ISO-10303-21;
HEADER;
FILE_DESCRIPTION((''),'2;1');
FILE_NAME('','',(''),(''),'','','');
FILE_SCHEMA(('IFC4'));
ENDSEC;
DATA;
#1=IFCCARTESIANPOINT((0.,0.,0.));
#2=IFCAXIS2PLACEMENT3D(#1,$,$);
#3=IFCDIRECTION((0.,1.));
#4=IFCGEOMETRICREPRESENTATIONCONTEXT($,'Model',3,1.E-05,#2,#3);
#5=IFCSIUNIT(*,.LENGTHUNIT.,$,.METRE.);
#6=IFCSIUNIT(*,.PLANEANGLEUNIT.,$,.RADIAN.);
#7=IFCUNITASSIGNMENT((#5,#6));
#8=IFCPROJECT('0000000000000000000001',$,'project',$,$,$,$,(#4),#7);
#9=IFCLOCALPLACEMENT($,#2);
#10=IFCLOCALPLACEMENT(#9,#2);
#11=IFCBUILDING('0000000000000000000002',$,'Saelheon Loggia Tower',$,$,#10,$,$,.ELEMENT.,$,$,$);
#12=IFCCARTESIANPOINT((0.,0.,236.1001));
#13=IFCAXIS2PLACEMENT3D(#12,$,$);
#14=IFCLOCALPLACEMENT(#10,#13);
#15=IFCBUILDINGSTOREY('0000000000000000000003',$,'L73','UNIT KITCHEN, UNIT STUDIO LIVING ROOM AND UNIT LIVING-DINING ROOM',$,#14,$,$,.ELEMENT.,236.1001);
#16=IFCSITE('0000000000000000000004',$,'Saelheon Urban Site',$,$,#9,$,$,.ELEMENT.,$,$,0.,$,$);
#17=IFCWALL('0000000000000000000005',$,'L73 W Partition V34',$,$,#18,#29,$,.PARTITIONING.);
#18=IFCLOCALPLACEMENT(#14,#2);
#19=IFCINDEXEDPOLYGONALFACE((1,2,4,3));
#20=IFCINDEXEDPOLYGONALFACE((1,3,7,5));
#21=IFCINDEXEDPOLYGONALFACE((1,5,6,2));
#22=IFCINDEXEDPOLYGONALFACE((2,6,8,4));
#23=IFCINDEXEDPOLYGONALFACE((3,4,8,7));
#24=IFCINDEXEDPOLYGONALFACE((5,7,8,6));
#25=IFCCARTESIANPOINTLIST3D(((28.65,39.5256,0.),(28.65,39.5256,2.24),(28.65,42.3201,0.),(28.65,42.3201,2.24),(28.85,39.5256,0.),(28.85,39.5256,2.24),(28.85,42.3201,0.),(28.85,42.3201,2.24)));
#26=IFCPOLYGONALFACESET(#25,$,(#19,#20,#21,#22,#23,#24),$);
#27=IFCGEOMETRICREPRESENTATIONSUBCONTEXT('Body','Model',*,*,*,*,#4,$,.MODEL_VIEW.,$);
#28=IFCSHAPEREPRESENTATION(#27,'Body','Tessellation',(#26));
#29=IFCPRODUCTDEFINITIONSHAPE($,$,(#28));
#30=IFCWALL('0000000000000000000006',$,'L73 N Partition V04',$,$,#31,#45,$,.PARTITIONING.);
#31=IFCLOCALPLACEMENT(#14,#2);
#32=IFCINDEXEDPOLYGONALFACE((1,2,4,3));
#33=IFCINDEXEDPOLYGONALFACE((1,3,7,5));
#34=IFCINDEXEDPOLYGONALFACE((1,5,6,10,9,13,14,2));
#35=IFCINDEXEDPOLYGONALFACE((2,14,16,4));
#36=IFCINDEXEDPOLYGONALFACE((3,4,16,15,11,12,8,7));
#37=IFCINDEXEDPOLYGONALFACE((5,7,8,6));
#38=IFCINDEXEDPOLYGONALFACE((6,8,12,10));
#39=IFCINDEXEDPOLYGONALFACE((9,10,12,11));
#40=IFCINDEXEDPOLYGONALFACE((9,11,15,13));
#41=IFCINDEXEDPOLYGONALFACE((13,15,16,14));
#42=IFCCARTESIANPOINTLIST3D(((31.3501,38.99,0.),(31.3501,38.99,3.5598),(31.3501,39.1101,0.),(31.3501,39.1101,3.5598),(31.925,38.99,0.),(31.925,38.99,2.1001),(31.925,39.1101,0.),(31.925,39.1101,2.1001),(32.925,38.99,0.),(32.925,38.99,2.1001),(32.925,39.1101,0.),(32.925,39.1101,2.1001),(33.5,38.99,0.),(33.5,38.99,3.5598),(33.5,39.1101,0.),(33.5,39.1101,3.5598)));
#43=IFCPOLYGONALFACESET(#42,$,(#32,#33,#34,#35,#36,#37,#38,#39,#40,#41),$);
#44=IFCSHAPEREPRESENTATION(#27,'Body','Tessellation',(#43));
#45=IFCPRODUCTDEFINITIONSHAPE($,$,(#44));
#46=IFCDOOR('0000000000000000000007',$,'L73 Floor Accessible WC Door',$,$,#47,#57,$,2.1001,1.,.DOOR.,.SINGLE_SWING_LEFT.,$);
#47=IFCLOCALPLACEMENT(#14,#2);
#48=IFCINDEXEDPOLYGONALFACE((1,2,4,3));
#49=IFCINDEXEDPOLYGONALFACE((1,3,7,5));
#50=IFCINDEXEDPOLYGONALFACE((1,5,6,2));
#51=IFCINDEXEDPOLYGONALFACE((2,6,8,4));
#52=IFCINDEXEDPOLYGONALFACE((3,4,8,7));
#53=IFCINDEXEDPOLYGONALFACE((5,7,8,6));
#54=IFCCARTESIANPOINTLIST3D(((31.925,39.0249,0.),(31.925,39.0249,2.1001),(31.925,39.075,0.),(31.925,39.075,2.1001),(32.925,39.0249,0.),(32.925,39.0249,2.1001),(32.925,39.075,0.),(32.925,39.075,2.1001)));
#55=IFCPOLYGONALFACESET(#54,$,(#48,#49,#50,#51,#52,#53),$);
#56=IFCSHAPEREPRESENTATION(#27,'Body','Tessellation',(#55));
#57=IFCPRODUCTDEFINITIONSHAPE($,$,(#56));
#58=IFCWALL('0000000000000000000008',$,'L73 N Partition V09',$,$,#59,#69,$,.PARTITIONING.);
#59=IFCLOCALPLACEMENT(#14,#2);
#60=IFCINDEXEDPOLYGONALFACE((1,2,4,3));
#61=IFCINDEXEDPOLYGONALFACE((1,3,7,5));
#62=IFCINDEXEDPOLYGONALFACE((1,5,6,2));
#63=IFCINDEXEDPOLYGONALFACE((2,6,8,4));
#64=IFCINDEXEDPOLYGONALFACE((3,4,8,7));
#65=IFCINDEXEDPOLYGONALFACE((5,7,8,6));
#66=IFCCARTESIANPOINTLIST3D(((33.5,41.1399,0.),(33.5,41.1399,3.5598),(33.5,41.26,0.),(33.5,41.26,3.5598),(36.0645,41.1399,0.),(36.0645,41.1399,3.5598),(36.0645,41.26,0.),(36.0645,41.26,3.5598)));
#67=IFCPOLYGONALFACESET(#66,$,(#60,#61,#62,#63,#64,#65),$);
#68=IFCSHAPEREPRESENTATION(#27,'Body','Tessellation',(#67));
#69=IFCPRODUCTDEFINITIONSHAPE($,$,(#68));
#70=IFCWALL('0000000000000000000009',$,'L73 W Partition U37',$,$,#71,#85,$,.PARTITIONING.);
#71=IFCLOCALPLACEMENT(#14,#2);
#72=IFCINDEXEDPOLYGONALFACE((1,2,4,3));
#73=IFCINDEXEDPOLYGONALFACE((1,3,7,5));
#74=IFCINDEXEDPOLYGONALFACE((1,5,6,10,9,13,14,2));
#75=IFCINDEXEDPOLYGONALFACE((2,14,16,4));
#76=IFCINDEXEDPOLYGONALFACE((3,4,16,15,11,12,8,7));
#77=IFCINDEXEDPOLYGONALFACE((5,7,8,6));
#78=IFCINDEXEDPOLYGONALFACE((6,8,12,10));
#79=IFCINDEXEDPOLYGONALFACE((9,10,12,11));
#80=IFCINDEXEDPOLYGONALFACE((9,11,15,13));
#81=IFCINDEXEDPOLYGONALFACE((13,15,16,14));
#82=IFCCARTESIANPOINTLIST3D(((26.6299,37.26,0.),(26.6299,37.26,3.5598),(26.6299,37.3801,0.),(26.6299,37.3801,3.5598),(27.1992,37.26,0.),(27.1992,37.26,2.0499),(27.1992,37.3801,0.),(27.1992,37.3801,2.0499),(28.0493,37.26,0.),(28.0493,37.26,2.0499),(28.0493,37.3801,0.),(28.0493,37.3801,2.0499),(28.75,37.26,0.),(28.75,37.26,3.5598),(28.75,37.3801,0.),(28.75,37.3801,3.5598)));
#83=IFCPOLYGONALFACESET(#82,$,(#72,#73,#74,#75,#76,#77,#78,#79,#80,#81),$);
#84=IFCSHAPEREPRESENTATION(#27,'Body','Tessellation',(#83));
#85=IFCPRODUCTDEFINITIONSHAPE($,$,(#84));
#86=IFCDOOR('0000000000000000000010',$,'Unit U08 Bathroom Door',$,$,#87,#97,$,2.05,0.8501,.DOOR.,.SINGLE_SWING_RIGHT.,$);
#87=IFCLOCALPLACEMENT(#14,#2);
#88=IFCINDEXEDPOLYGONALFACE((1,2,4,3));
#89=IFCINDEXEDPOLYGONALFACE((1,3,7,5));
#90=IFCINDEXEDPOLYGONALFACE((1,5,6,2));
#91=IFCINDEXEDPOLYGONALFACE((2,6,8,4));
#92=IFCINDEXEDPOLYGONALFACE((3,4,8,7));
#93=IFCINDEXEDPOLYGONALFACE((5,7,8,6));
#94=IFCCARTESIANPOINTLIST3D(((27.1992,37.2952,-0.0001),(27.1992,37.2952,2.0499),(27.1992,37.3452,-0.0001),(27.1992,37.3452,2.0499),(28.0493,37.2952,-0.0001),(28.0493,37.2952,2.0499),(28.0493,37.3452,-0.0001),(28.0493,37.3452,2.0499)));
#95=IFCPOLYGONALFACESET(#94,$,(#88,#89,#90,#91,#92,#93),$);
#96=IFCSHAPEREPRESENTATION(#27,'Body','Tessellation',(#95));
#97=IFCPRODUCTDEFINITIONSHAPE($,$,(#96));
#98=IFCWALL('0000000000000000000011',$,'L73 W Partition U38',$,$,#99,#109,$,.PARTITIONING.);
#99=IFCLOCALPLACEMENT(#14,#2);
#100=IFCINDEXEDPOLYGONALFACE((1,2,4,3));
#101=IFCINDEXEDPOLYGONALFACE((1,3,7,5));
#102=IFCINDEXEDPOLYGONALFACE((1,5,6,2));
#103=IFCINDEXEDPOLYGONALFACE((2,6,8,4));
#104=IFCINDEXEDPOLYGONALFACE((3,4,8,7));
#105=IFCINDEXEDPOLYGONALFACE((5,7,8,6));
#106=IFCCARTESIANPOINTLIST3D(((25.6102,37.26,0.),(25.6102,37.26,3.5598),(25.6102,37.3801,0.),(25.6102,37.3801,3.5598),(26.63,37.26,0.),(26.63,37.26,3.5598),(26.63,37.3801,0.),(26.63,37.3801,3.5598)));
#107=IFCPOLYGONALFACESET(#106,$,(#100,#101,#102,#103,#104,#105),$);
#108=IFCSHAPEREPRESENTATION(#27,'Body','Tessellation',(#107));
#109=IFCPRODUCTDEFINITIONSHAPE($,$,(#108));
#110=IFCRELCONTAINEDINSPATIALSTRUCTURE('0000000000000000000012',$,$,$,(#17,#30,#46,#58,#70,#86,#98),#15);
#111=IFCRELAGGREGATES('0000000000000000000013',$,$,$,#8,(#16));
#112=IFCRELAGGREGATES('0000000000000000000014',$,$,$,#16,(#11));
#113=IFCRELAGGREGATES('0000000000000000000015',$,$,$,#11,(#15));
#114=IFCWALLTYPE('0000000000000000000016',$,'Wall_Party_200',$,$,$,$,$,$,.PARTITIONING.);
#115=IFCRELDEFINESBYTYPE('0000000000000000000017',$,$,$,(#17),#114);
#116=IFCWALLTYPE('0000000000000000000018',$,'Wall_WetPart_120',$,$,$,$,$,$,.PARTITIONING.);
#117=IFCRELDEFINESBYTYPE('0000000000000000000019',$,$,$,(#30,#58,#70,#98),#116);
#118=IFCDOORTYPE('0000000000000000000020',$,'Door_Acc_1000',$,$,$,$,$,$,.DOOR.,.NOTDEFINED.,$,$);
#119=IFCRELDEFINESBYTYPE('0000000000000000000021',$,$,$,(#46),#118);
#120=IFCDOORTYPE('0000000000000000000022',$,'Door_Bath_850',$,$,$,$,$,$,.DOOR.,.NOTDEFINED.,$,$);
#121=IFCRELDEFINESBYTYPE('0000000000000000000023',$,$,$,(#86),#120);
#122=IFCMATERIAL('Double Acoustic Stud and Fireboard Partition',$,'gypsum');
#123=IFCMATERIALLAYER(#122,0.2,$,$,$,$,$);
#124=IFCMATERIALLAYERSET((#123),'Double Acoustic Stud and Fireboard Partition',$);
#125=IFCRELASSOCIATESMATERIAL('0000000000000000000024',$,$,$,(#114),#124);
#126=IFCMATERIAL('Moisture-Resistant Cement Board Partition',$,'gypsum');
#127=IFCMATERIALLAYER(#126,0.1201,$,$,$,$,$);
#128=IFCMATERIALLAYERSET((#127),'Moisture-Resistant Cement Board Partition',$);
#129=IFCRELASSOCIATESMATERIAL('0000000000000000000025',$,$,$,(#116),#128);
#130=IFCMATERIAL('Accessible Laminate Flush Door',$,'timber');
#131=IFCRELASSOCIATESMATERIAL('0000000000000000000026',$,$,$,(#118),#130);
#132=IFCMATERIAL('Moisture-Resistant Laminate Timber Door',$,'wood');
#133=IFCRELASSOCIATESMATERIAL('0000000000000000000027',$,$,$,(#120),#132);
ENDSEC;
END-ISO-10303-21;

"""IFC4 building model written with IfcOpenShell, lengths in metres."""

from ifc_helpers import new_model, si_unit, direction, frame, frame_2d, origin, place, context, subcontext, project, spatial, rectangle, extrude, source, transform, mapped, material, layer, layer_set, type_object, element, fill, save


model = new_model("IFC4")

# Units and contexts
model_context = context("Model", 3, precision=1e-05, world=origin(), true_north=direction((0.0, 1.0)))
body_context = subcontext(model_context, "Body", "Model", "MODEL_VIEW")
ifc_project = project(units=[si_unit("LENGTHUNIT", "METRE"), si_unit("PLANEANGLEUNIT", "RADIAN")], contexts=[model_context])

# Site, building, storey
site_placement = place(None, origin())
site = spatial("IfcSite", under=ifc_project, at=site_placement, Name="Saelheon Urban Site", CompositionType="ELEMENT", RefElevation=0.0)
building_placement = place(site_placement, origin())
building = spatial("IfcBuilding", under=site, at=building_placement, Name="Saelheon Loggia Tower", CompositionType="ELEMENT")
storey_placement = place(building_placement, frame((0.0, 0.0, 236.1001)))
storey = spatial("IfcBuildingStorey", under=building, at=storey_placement, Name="L73", Description="UNIT KITCHEN, UNIT STUDIO LIVING ROOM AND UNIT LIVING-DINING ROOM", CompositionType="ELEMENT", Elevation=236.1001)

# Shared definitions
ifc_material_1 = material(Name="Double Acoustic Stud and Fireboard Partition", Category="gypsum")
ifc_layer_1 = layer(ifc_material_1, 0.2)
ifc_layer_set_1 = layer_set([ifc_layer_1], Name="Double Acoustic Stud and Fireboard Partition")
wall_type_1 = type_object("IfcWallType", Name="Wall_Party_200", PredefinedType="PARTITIONING", material=ifc_layer_set_1)

# Wall
wall_1_placement = place(storey_placement, frame((28.75, 39.5256, 0.0), z_axis=(0.0, 0.0, 1.0), x_axis=(0.0, 1.0, 0.0)))
element("IfcWall", 1, at=wall_1_placement, inside=storey, type_object=wall_type_1, Name="L73 W Partition V34", PredefinedType="PARTITIONING", context=body_context, shape_type="SweptSolid", body=[
    extrude(rectangle(XDim=2.7944, YDim=0.2, at=frame_2d((1.3972, 0.0))), origin(), (0.0, 0.0, 1.0), 2.24),
])

# Wall, opening, door
ifc_material_2 = material(Name="Moisture-Resistant Cement Board Partition", Category="gypsum")
ifc_layer_2 = layer(ifc_material_2, 0.1201)
ifc_layer_set_2 = layer_set([ifc_layer_2], Name="Moisture-Resistant Cement Board Partition")
wall_type_2 = type_object("IfcWallType", Name="Wall_WetPart_120", PredefinedType="PARTITIONING", material=ifc_layer_set_2)
wall_2_placement = place(storey_placement, frame((31.3501, 39.05, 0.0), z_axis=(0.0, 0.0, 1.0), x_axis=(1.0, 0.0, 0.0)))
wall_2 = element("IfcWall", 2, at=wall_2_placement, inside=storey, type_object=wall_type_2, Name="L73 N Partition V04", PredefinedType="PARTITIONING", context=body_context, shape_type="SweptSolid", body=[
    extrude(rectangle(XDim=2.1499, YDim=0.1201, at=frame_2d((1.075, 0.0))), origin(), (0.0, 0.0, 1.0), 3.5598),
])
opening_1_placement = place(wall_2_placement, frame((0.575, 0.0, 0.0)))
opening_1 = element("IfcOpeningElement", 3, at=opening_1_placement, cuts=wall_2, PredefinedType="OPENING", context=body_context, shape_type="SweptSolid", body=[
    extrude(rectangle(XDim=1.0, YDim=2.1001, at=frame_2d((0.5, 1.05))), frame((0.0, 0.072, 0.0), z_axis=(0.0, -1.0, 0.0), x_axis=(1.0, 0.0, 0.0)), (0.0, 0.0, 1.0), 0.144),
])
ifc_material_3 = material(Name="Accessible Laminate Flush Door", Category="timber")
door_type_1 = type_object("IfcDoorType", Name="Door_Acc_1000", OperationType="NOTDEFINED", PredefinedType="DOOR", material=ifc_material_3)
shared_shape_1 = source(origin(), body_context, "Body", "SweptSolid", [
    extrude(rectangle(XDim=1.0, YDim=2.1001, at=frame_2d((0.5, 1.05))), frame((0.0, 0.0249, 0.0), z_axis=(0.0, -1.0, 0.0), x_axis=(1.0, 0.0, 0.0)), (0.0, 0.0, 1.0), 0.05),
])
door_1_placement = place(opening_1_placement, origin())
door_1 = element("IfcDoor", 4, at=door_1_placement, inside=storey, type_object=door_type_1, Name="L73 Floor Accessible WC Door", OperationType="SINGLE_SWING_LEFT", OverallHeight=2.1001, OverallWidth=1.0, PredefinedType="DOOR", context=body_context, shape_type="MappedRepresentation", body=[
    mapped(shared_shape_1, transform((0.0, 0.0, 0.0), scale=1.0)),
])
fill(opening_1, door_1)

# Wall
wall_3_placement = place(storey_placement, frame((33.5, 41.2, 0.0), z_axis=(0.0, 0.0, 1.0), x_axis=(1.0, 0.0, 0.0)))
element("IfcWall", 5, at=wall_3_placement, inside=storey, type_object=wall_type_2, Name="L73 N Partition V09", PredefinedType="PARTITIONING", context=body_context, shape_type="SweptSolid", body=[
    extrude(rectangle(XDim=2.5645, YDim=0.1201, at=frame_2d((1.2822, 0.0))), origin(), (0.0, 0.0, 1.0), 3.5598),
])

# Wall, opening, door
wall_4_placement = place(storey_placement, frame((28.75, 37.3201, 0.0), z_axis=(0.0, 0.0, 1.0), x_axis=(-1.0, 0.0, 0.0)))
wall_4 = element("IfcWall", 6, at=wall_4_placement, inside=storey, type_object=wall_type_2, Name="L73 W Partition U37", PredefinedType="PARTITIONING", context=body_context, shape_type="SweptSolid", body=[
    extrude(rectangle(XDim=2.1201, YDim=0.1201, at=frame_2d((1.0601, 0.0))), origin(), (0.0, 0.0, 1.0), 3.5598),
])
opening_2_placement = place(wall_4_placement, frame((0.7007, 0.0, 0.0)))
opening_2 = element("IfcOpeningElement", 7, at=opening_2_placement, cuts=wall_4, PredefinedType="OPENING", context=body_context, shape_type="SweptSolid", body=[
    extrude(rectangle(XDim=0.8501, YDim=2.05, at=frame_2d((0.425, 1.0249))), frame((0.0, 0.072, 0.0), z_axis=(0.0, -1.0, 0.0), x_axis=(1.0, 0.0, 0.0)), (0.0, 0.0, 1.0), 0.144),
])
ifc_material_4 = material(Name="Moisture-Resistant Laminate Timber Door", Category="wood")
door_type_2 = type_object("IfcDoorType", Name="Door_Bath_850", OperationType="NOTDEFINED", PredefinedType="DOOR", material=ifc_material_4)
shared_shape_2 = source(origin(), body_context, "Body", "SweptSolid", [
    extrude(rectangle(XDim=0.8501, YDim=2.05, at=frame_2d((0.425, 1.0249))), frame((0.0, 0.0249, 0.0), z_axis=(0.0, -1.0, 0.0), x_axis=(1.0, 0.0, 0.0)), (0.0, 0.0, 1.0), 0.05),
])
door_2_placement = place(opening_2_placement, origin())
door_2 = element("IfcDoor", 8, at=door_2_placement, inside=storey, type_object=door_type_2, Name="Unit U08 Bathroom Door", OperationType="SINGLE_SWING_RIGHT", OverallHeight=2.05, OverallWidth=0.8501, PredefinedType="DOOR", context=body_context, shape_type="MappedRepresentation", body=[
    mapped(shared_shape_2, transform((0.0, 0.0, 0.0), scale=1.0)),
])
fill(opening_2, door_2)

# Wall
wall_5_placement = place(storey_placement, frame((26.6299, 37.3201, 0.0), z_axis=(0.0, 0.0, 1.0), x_axis=(-1.0, 0.0, 0.0)))
element("IfcWall", 9, at=wall_5_placement, inside=storey, type_object=wall_type_2, Name="L73 W Partition U38", PredefinedType="PARTITIONING", context=body_context, shape_type="SweptSolid", body=[
    extrude(rectangle(XDim=1.0198, YDim=0.1201, at=frame_2d((0.5098, 0.0))), origin(), (0.0, 0.0, 1.0), 3.5598),
])

save(model, "model.ifc")
